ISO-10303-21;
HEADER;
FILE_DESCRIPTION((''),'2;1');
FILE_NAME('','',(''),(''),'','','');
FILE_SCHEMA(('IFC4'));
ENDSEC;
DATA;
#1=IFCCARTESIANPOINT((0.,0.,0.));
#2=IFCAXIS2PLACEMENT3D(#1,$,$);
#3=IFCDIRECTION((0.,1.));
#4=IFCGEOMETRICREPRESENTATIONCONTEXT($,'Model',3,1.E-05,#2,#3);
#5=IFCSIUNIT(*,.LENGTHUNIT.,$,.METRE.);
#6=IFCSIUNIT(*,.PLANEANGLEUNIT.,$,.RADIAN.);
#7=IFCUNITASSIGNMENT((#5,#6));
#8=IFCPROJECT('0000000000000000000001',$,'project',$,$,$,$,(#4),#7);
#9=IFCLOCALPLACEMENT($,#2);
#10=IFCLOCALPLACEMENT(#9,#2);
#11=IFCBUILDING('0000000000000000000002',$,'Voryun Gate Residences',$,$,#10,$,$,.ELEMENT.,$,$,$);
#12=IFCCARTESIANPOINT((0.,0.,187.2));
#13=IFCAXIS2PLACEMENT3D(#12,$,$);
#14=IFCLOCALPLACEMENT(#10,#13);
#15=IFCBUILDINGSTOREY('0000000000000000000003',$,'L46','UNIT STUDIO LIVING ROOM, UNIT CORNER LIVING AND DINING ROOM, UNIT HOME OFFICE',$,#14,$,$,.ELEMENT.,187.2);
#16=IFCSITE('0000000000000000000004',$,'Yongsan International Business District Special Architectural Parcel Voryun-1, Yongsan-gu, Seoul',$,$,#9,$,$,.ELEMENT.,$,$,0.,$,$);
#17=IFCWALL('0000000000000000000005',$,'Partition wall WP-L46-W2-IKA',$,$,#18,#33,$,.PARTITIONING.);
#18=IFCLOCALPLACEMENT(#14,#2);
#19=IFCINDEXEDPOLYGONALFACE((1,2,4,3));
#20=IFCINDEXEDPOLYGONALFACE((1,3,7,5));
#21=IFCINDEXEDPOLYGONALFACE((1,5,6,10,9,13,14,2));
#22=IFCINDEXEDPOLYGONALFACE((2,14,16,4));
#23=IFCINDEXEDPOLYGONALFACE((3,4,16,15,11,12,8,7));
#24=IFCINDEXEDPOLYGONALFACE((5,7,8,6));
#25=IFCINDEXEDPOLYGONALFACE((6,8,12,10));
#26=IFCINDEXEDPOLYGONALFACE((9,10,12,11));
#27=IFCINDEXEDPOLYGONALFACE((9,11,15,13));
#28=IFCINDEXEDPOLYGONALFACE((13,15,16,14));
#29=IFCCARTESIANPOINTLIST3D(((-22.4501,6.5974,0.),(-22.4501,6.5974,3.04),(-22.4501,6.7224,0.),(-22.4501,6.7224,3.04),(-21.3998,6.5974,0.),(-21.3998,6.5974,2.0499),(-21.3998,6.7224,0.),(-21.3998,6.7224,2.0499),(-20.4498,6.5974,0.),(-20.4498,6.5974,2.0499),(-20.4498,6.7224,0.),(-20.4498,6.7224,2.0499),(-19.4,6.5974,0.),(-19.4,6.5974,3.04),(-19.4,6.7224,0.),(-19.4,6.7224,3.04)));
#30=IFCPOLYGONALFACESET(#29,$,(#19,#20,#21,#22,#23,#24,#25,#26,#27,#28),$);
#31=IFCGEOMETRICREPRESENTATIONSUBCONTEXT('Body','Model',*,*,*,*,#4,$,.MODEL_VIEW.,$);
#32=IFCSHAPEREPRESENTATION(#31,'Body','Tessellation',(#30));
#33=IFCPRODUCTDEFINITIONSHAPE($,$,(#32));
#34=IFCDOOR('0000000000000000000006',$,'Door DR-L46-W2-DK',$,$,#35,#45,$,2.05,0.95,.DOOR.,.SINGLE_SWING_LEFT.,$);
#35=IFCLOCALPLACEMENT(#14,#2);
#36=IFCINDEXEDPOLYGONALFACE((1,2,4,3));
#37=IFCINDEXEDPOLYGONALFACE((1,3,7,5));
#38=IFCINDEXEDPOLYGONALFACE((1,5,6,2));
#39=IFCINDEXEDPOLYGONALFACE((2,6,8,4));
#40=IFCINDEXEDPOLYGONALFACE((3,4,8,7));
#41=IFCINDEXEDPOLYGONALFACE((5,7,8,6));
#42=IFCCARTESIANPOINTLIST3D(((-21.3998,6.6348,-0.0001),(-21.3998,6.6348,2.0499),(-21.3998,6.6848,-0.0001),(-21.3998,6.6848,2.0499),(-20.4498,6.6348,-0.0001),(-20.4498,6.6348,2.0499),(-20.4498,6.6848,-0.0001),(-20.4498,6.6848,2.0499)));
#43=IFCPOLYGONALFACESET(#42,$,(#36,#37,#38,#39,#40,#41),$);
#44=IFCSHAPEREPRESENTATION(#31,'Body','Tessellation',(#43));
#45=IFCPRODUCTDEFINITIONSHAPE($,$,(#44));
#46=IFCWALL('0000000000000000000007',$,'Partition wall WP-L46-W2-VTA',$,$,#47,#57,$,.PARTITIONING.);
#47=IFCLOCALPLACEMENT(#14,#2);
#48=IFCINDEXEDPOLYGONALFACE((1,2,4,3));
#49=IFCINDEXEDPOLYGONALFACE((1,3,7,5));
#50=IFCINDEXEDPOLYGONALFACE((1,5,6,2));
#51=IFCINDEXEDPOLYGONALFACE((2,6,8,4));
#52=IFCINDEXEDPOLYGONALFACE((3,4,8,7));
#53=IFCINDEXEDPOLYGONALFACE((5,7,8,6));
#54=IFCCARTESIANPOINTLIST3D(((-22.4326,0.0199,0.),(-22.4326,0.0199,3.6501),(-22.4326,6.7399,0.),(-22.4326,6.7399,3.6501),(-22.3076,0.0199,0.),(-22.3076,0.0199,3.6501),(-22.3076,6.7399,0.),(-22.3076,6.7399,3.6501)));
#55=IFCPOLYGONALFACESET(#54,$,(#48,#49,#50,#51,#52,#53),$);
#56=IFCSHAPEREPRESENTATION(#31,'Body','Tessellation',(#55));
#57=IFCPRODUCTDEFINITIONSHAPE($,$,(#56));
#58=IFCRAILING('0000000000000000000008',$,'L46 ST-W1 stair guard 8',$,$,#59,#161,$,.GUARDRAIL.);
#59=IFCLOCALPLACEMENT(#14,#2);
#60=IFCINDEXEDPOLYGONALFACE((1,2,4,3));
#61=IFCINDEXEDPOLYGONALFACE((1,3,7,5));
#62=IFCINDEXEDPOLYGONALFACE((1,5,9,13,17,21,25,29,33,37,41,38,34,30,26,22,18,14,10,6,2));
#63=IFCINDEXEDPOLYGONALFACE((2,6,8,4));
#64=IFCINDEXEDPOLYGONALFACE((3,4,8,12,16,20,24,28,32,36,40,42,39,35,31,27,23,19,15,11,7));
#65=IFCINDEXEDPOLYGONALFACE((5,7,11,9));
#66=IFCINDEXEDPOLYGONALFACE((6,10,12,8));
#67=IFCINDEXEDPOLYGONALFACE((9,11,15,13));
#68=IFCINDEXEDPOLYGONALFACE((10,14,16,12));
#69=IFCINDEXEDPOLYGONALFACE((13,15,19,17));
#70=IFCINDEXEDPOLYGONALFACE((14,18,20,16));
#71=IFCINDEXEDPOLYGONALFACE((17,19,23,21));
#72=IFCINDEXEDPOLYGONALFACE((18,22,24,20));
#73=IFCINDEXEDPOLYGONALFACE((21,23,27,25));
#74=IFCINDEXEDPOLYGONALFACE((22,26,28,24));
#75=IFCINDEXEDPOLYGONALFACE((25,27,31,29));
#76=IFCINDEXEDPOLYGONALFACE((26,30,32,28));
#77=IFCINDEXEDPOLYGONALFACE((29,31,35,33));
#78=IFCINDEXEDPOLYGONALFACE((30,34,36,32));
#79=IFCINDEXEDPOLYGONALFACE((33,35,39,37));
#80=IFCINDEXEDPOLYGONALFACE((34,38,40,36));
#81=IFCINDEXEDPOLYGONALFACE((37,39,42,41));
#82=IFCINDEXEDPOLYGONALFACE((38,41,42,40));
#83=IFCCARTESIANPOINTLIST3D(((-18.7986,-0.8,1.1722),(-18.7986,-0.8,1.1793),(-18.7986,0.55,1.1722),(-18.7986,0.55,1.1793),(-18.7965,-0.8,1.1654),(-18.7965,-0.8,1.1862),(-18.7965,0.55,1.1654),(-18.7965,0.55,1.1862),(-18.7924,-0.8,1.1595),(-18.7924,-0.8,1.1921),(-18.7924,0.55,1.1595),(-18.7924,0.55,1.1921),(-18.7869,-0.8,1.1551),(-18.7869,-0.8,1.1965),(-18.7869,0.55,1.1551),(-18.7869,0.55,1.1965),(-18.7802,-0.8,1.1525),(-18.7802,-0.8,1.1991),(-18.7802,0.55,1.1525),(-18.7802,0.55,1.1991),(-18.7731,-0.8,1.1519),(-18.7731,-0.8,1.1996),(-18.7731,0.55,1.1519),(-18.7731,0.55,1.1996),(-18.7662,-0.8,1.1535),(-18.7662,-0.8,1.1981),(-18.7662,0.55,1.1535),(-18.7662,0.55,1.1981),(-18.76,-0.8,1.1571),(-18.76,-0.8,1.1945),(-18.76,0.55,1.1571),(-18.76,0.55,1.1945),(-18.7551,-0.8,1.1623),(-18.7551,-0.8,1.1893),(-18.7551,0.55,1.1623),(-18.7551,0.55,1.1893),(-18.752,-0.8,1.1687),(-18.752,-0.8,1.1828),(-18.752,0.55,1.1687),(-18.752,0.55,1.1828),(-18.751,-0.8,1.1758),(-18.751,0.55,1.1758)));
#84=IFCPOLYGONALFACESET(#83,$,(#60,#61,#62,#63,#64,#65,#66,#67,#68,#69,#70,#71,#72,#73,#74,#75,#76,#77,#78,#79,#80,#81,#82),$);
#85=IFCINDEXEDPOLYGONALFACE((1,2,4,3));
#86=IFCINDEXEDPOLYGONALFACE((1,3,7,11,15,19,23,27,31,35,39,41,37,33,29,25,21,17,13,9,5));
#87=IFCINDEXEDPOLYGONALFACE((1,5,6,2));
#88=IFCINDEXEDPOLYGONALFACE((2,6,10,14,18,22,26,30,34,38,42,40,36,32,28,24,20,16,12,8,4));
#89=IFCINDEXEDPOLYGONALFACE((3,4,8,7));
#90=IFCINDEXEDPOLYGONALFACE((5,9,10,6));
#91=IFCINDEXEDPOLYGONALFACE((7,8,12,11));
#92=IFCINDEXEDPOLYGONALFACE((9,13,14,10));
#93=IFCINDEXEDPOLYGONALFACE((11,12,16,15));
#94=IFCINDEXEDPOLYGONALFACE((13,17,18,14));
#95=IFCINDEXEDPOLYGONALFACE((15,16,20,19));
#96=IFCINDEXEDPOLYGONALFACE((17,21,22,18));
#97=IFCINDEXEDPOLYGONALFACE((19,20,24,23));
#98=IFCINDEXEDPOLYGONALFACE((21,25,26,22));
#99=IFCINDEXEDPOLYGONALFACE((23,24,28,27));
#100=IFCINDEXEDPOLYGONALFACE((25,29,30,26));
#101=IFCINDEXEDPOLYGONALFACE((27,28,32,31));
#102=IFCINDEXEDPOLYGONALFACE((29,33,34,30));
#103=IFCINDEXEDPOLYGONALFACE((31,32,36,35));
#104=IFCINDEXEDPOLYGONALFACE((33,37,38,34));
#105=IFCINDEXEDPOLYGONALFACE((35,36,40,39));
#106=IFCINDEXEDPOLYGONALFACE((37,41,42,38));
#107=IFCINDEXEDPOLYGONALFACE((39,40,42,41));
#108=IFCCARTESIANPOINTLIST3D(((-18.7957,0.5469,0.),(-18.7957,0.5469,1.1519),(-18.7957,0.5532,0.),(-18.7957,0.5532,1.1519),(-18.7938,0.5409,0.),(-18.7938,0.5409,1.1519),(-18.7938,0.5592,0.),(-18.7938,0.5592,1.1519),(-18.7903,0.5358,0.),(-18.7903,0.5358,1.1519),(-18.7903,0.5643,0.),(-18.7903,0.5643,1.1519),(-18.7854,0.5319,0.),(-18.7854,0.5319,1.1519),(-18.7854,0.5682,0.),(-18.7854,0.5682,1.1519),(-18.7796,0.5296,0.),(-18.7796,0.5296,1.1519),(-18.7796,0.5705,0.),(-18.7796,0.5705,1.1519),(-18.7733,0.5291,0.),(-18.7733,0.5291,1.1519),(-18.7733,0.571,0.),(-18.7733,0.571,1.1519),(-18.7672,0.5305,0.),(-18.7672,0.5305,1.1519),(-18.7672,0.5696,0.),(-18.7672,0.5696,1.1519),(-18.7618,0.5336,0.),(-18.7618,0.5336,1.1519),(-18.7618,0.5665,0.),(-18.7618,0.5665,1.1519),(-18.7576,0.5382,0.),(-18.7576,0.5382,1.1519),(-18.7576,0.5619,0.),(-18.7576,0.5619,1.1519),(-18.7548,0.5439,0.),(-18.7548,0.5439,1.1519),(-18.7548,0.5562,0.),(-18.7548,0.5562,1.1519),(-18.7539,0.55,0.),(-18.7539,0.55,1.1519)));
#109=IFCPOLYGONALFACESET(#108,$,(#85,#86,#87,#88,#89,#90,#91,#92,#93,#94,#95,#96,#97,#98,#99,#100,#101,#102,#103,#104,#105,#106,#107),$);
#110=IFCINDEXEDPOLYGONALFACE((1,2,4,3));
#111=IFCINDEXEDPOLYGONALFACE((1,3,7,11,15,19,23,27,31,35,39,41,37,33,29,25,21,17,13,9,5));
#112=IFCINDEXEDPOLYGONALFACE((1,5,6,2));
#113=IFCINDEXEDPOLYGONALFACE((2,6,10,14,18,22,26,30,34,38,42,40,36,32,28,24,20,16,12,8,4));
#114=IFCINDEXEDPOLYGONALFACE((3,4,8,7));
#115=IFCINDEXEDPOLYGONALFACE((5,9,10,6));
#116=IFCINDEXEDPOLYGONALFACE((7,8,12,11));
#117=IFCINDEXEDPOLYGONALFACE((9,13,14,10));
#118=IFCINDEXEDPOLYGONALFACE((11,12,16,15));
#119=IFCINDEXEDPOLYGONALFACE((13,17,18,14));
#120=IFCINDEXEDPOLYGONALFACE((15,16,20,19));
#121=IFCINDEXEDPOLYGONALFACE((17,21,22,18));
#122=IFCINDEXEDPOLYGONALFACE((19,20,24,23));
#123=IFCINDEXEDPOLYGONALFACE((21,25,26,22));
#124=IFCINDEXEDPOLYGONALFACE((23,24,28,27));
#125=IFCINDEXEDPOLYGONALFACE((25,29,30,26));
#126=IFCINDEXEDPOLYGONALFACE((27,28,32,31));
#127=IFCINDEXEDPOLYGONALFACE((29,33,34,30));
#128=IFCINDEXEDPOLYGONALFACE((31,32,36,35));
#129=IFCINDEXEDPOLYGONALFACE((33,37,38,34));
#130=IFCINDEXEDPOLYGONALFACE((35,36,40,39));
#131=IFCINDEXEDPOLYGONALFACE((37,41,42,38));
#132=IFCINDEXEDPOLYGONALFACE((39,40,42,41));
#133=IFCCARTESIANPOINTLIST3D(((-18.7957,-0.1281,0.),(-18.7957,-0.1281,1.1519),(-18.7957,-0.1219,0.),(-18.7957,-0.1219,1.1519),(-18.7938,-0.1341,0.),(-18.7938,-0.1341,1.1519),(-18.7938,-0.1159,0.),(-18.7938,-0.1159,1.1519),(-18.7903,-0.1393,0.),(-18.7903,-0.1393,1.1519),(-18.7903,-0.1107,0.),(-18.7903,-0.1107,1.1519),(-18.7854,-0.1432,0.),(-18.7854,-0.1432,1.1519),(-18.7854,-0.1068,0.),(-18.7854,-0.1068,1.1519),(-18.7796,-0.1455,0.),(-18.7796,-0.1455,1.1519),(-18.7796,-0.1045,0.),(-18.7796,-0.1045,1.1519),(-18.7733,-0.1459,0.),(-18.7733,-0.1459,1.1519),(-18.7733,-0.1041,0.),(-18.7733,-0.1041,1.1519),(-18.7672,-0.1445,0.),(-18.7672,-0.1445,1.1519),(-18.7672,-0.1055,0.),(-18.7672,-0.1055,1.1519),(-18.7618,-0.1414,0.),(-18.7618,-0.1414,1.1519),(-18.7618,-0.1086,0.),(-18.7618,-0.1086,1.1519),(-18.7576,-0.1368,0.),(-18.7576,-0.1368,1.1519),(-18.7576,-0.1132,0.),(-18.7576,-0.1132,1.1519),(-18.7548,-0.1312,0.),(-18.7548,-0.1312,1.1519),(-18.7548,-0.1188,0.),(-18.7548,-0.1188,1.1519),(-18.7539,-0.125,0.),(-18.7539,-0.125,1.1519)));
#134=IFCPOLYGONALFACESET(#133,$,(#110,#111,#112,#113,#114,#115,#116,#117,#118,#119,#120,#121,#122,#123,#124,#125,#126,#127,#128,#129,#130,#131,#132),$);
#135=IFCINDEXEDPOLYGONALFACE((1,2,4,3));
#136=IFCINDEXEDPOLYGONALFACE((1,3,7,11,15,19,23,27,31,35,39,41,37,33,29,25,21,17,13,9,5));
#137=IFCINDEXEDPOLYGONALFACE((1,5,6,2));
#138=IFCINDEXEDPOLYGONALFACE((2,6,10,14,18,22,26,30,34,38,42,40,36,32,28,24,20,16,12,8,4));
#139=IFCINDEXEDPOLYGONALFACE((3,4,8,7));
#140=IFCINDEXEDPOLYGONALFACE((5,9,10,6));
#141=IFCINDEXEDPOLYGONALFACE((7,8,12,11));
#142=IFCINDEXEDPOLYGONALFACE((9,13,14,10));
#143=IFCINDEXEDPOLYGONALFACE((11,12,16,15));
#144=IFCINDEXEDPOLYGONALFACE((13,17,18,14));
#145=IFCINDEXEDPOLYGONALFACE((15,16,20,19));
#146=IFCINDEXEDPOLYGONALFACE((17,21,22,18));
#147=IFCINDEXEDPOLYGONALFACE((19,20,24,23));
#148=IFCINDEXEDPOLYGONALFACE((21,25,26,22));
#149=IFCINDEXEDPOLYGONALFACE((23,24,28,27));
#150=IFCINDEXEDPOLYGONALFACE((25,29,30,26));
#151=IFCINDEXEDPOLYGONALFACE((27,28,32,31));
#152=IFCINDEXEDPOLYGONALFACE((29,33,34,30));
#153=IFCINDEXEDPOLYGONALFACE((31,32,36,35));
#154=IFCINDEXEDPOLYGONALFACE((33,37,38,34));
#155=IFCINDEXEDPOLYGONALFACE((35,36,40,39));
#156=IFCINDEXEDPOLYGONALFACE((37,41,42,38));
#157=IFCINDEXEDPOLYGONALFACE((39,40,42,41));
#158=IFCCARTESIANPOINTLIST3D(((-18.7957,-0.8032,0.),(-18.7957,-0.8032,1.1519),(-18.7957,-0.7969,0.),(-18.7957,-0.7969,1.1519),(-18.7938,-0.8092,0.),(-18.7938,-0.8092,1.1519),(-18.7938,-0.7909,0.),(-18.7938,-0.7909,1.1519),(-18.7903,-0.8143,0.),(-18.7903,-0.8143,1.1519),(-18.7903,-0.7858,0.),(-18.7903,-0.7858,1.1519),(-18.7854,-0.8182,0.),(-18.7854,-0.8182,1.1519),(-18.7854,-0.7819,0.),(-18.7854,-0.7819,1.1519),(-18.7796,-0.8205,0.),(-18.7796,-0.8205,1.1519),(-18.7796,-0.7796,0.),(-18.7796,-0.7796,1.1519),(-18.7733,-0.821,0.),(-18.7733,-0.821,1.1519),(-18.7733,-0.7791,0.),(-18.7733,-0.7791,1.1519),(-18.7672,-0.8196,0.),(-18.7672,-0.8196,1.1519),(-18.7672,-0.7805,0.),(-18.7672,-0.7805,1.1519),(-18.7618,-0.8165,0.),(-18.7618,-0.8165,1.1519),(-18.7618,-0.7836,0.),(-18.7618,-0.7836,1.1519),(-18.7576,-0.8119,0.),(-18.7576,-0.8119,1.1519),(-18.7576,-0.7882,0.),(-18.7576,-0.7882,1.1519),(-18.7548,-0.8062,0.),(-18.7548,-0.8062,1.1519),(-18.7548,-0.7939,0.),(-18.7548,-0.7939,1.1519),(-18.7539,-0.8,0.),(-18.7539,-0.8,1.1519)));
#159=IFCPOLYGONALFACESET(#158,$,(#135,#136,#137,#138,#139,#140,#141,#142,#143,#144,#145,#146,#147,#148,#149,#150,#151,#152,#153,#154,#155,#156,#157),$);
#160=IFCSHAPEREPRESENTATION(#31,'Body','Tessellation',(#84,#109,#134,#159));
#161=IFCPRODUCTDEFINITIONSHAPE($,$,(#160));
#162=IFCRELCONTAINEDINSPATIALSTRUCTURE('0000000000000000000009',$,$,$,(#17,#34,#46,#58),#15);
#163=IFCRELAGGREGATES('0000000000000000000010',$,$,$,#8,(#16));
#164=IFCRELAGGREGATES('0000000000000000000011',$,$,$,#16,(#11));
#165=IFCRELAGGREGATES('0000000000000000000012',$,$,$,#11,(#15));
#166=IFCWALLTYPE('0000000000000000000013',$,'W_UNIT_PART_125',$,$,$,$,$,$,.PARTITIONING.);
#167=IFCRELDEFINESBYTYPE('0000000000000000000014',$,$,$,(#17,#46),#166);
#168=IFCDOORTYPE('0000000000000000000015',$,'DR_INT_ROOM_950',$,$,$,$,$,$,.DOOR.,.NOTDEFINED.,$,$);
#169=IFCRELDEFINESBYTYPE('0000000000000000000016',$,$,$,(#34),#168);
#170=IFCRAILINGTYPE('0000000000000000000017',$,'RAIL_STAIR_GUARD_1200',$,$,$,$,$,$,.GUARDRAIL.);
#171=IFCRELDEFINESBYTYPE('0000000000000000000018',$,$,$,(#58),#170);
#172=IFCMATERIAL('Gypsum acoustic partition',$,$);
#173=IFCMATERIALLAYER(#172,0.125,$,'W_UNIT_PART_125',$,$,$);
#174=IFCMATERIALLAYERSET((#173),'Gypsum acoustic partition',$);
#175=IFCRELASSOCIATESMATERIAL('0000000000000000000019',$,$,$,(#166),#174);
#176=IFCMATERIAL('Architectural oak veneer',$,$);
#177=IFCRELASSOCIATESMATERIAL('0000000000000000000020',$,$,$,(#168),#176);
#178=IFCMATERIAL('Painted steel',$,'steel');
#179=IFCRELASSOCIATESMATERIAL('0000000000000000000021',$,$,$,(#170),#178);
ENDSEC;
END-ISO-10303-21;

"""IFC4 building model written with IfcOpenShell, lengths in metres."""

from ifc_helpers import new_model, si_unit, direction, frame, frame_2d, origin, origin_2d, place, context, subcontext, project, spatial, rectangle, circle, extrude, material, layer, layer_set, type_object, element, fill, save


model = new_model("IFC4")

# Units and contexts
model_context = context("Model", 3, precision=1e-05, world=origin(), true_north=direction((0.0, 1.0)))
body_context = subcontext(model_context, "Body", "Model", "MODEL_VIEW")
ifc_project = project(units=[si_unit("LENGTHUNIT", "METRE"), si_unit("PLANEANGLEUNIT", "RADIAN")], contexts=[model_context])

# Site, building, storey
site_placement = place(None, origin())
site = spatial("IfcSite", under=ifc_project, at=site_placement, Name="Yongsan International Business District Special Architectural Parcel Voryun-1, Yongsan-gu, Seoul", CompositionType="ELEMENT", RefElevation=0.0)
building_placement = place(site_placement, origin())
building = spatial("IfcBuilding", under=site, at=building_placement, Name="Voryun Gate Residences", CompositionType="ELEMENT")
storey_placement = place(building_placement, frame((0.0, 0.0, 187.2)))
storey = spatial("IfcBuildingStorey", under=building, at=storey_placement, Name="L46", Description="UNIT STUDIO LIVING ROOM, UNIT CORNER LIVING AND DINING ROOM, UNIT HOME OFFICE", CompositionType="ELEMENT", Elevation=187.2)

# Shared definitions
ifc_material_1 = material(Name="Gypsum acoustic partition")
ifc_layer_1 = layer(ifc_material_1, 0.125, Name="W_UNIT_PART_125")
ifc_layer_set_1 = layer_set([ifc_layer_1], Name="Gypsum acoustic partition")
wall_type_1 = type_object("IfcWallType", Name="W_UNIT_PART_125", PredefinedType="PARTITIONING", material=ifc_layer_set_1)

# Wall, opening, door
wall_1_placement = place(storey_placement, frame((-22.45, 6.6599, 0.0), z_axis=(0.0, 0.0, 1.0), x_axis=(1.0, 0.0, 0.0)))
wall_1 = element("IfcWall", 1, at=wall_1_placement, inside=storey, type_object=wall_type_1, Name="Partition wall WP-L46-W2-IKA", PredefinedType="PARTITIONING", context=body_context, shape_type="SweptSolid", body=[
    extrude(rectangle(XDim=3.05, YDim=0.125, at=frame_2d((1.5249, 0.0))), origin(), (0.0, 0.0, 1.0), 3.04),
])
opening_1_placement = place(wall_1_placement, frame((1.05, 0.0, 0.0)))
opening_1 = element("IfcOpeningElement", 2, at=opening_1_placement, cuts=wall_1, PredefinedType="OPENING", context=body_context, shape_type="SweptSolid", body=[
    extrude(rectangle(XDim=0.95, YDim=2.05, at=frame_2d((0.4751, 1.0249))), frame((0.0, 0.0725, 0.0), z_axis=(0.0, -1.0, 0.0), x_axis=(1.0, 0.0, 0.0)), (0.0, 0.0, 1.0), 0.145),
])
ifc_material_2 = material(Name="Architectural oak veneer")
door_type_1 = type_object("IfcDoorType", Name="DR_INT_ROOM_950", OperationType="NOTDEFINED", PredefinedType="DOOR", material=ifc_material_2)
door_1_placement = place(opening_1_placement, origin())
door_1 = element("IfcDoor", 3, at=door_1_placement, inside=storey, type_object=door_type_1, Name="Door DR-L46-W2-DK", OperationType="SINGLE_SWING_LEFT", OverallHeight=2.05, OverallWidth=0.95, PredefinedType="DOOR", context=body_context, shape_type="SweptSolid", body=[
    extrude(rectangle(XDim=0.95, YDim=2.05, at=frame_2d((0.4751, 1.0249))), frame((0.0, 0.0249, 0.0), z_axis=(0.0, -1.0, 0.0), x_axis=(1.0, 0.0, 0.0)), (0.0, 0.0, 1.0), 0.05),
])
fill(opening_1, door_1)

# Wall
wall_2_placement = place(storey_placement, frame((-22.3701, 0.02, 0.0), z_axis=(0.0, 0.0, 1.0), x_axis=(0.0, 1.0, 0.0)))
element("IfcWall", 4, at=wall_2_placement, inside=storey, type_object=wall_type_1, Name="Partition wall WP-L46-W2-VTA", PredefinedType="PARTITIONING", context=body_context, shape_type="SweptSolid", body=[
    extrude(rectangle(XDim=6.72, YDim=0.125, at=frame_2d((3.3599, 0.0))), origin(), (0.0, 0.0, 1.0), 3.6501),
])

# Railing
ifc_material_3 = material(Name="Painted steel", Category="steel")
railing_type = type_object("IfcRailingType", Name="RAIL_STAIR_GUARD_1200", PredefinedType="GUARDRAIL", material=ifc_material_3)
railing_1_placement = place(storey_placement, frame((-18.7749, 0.55, 0.0)))
element("IfcRailing", 5, at=railing_1_placement, inside=storey, type_object=railing_type, Name="L46 ST-W1 stair guard 8", PredefinedType="GUARDRAIL", context=body_context, shape_type="SweptSolid", body=[
    extrude(circle(Radius=0.0239, at=origin_2d()), frame((0.0, 0.0, 1.1758), z_axis=(0.0, -1.0, 0.0), x_axis=(1.0, 0.0, 0.0)), (0.0, 0.0, 1.0), 1.3501),
    extrude(circle(Radius=0.021, at=origin_2d()), origin(), (0.0, 0.0, 1.0), 1.1519),
    extrude(circle(Radius=0.021, at=origin_2d()), frame((0.0, -0.675, 0.0)), (0.0, 0.0, 1.0), 1.1519),
    extrude(circle(Radius=0.021, at=origin_2d()), frame((0.0, -1.3501, 0.0)), (0.0, 0.0, 1.0), 1.1519),
])

save(model, "model.ifc")
